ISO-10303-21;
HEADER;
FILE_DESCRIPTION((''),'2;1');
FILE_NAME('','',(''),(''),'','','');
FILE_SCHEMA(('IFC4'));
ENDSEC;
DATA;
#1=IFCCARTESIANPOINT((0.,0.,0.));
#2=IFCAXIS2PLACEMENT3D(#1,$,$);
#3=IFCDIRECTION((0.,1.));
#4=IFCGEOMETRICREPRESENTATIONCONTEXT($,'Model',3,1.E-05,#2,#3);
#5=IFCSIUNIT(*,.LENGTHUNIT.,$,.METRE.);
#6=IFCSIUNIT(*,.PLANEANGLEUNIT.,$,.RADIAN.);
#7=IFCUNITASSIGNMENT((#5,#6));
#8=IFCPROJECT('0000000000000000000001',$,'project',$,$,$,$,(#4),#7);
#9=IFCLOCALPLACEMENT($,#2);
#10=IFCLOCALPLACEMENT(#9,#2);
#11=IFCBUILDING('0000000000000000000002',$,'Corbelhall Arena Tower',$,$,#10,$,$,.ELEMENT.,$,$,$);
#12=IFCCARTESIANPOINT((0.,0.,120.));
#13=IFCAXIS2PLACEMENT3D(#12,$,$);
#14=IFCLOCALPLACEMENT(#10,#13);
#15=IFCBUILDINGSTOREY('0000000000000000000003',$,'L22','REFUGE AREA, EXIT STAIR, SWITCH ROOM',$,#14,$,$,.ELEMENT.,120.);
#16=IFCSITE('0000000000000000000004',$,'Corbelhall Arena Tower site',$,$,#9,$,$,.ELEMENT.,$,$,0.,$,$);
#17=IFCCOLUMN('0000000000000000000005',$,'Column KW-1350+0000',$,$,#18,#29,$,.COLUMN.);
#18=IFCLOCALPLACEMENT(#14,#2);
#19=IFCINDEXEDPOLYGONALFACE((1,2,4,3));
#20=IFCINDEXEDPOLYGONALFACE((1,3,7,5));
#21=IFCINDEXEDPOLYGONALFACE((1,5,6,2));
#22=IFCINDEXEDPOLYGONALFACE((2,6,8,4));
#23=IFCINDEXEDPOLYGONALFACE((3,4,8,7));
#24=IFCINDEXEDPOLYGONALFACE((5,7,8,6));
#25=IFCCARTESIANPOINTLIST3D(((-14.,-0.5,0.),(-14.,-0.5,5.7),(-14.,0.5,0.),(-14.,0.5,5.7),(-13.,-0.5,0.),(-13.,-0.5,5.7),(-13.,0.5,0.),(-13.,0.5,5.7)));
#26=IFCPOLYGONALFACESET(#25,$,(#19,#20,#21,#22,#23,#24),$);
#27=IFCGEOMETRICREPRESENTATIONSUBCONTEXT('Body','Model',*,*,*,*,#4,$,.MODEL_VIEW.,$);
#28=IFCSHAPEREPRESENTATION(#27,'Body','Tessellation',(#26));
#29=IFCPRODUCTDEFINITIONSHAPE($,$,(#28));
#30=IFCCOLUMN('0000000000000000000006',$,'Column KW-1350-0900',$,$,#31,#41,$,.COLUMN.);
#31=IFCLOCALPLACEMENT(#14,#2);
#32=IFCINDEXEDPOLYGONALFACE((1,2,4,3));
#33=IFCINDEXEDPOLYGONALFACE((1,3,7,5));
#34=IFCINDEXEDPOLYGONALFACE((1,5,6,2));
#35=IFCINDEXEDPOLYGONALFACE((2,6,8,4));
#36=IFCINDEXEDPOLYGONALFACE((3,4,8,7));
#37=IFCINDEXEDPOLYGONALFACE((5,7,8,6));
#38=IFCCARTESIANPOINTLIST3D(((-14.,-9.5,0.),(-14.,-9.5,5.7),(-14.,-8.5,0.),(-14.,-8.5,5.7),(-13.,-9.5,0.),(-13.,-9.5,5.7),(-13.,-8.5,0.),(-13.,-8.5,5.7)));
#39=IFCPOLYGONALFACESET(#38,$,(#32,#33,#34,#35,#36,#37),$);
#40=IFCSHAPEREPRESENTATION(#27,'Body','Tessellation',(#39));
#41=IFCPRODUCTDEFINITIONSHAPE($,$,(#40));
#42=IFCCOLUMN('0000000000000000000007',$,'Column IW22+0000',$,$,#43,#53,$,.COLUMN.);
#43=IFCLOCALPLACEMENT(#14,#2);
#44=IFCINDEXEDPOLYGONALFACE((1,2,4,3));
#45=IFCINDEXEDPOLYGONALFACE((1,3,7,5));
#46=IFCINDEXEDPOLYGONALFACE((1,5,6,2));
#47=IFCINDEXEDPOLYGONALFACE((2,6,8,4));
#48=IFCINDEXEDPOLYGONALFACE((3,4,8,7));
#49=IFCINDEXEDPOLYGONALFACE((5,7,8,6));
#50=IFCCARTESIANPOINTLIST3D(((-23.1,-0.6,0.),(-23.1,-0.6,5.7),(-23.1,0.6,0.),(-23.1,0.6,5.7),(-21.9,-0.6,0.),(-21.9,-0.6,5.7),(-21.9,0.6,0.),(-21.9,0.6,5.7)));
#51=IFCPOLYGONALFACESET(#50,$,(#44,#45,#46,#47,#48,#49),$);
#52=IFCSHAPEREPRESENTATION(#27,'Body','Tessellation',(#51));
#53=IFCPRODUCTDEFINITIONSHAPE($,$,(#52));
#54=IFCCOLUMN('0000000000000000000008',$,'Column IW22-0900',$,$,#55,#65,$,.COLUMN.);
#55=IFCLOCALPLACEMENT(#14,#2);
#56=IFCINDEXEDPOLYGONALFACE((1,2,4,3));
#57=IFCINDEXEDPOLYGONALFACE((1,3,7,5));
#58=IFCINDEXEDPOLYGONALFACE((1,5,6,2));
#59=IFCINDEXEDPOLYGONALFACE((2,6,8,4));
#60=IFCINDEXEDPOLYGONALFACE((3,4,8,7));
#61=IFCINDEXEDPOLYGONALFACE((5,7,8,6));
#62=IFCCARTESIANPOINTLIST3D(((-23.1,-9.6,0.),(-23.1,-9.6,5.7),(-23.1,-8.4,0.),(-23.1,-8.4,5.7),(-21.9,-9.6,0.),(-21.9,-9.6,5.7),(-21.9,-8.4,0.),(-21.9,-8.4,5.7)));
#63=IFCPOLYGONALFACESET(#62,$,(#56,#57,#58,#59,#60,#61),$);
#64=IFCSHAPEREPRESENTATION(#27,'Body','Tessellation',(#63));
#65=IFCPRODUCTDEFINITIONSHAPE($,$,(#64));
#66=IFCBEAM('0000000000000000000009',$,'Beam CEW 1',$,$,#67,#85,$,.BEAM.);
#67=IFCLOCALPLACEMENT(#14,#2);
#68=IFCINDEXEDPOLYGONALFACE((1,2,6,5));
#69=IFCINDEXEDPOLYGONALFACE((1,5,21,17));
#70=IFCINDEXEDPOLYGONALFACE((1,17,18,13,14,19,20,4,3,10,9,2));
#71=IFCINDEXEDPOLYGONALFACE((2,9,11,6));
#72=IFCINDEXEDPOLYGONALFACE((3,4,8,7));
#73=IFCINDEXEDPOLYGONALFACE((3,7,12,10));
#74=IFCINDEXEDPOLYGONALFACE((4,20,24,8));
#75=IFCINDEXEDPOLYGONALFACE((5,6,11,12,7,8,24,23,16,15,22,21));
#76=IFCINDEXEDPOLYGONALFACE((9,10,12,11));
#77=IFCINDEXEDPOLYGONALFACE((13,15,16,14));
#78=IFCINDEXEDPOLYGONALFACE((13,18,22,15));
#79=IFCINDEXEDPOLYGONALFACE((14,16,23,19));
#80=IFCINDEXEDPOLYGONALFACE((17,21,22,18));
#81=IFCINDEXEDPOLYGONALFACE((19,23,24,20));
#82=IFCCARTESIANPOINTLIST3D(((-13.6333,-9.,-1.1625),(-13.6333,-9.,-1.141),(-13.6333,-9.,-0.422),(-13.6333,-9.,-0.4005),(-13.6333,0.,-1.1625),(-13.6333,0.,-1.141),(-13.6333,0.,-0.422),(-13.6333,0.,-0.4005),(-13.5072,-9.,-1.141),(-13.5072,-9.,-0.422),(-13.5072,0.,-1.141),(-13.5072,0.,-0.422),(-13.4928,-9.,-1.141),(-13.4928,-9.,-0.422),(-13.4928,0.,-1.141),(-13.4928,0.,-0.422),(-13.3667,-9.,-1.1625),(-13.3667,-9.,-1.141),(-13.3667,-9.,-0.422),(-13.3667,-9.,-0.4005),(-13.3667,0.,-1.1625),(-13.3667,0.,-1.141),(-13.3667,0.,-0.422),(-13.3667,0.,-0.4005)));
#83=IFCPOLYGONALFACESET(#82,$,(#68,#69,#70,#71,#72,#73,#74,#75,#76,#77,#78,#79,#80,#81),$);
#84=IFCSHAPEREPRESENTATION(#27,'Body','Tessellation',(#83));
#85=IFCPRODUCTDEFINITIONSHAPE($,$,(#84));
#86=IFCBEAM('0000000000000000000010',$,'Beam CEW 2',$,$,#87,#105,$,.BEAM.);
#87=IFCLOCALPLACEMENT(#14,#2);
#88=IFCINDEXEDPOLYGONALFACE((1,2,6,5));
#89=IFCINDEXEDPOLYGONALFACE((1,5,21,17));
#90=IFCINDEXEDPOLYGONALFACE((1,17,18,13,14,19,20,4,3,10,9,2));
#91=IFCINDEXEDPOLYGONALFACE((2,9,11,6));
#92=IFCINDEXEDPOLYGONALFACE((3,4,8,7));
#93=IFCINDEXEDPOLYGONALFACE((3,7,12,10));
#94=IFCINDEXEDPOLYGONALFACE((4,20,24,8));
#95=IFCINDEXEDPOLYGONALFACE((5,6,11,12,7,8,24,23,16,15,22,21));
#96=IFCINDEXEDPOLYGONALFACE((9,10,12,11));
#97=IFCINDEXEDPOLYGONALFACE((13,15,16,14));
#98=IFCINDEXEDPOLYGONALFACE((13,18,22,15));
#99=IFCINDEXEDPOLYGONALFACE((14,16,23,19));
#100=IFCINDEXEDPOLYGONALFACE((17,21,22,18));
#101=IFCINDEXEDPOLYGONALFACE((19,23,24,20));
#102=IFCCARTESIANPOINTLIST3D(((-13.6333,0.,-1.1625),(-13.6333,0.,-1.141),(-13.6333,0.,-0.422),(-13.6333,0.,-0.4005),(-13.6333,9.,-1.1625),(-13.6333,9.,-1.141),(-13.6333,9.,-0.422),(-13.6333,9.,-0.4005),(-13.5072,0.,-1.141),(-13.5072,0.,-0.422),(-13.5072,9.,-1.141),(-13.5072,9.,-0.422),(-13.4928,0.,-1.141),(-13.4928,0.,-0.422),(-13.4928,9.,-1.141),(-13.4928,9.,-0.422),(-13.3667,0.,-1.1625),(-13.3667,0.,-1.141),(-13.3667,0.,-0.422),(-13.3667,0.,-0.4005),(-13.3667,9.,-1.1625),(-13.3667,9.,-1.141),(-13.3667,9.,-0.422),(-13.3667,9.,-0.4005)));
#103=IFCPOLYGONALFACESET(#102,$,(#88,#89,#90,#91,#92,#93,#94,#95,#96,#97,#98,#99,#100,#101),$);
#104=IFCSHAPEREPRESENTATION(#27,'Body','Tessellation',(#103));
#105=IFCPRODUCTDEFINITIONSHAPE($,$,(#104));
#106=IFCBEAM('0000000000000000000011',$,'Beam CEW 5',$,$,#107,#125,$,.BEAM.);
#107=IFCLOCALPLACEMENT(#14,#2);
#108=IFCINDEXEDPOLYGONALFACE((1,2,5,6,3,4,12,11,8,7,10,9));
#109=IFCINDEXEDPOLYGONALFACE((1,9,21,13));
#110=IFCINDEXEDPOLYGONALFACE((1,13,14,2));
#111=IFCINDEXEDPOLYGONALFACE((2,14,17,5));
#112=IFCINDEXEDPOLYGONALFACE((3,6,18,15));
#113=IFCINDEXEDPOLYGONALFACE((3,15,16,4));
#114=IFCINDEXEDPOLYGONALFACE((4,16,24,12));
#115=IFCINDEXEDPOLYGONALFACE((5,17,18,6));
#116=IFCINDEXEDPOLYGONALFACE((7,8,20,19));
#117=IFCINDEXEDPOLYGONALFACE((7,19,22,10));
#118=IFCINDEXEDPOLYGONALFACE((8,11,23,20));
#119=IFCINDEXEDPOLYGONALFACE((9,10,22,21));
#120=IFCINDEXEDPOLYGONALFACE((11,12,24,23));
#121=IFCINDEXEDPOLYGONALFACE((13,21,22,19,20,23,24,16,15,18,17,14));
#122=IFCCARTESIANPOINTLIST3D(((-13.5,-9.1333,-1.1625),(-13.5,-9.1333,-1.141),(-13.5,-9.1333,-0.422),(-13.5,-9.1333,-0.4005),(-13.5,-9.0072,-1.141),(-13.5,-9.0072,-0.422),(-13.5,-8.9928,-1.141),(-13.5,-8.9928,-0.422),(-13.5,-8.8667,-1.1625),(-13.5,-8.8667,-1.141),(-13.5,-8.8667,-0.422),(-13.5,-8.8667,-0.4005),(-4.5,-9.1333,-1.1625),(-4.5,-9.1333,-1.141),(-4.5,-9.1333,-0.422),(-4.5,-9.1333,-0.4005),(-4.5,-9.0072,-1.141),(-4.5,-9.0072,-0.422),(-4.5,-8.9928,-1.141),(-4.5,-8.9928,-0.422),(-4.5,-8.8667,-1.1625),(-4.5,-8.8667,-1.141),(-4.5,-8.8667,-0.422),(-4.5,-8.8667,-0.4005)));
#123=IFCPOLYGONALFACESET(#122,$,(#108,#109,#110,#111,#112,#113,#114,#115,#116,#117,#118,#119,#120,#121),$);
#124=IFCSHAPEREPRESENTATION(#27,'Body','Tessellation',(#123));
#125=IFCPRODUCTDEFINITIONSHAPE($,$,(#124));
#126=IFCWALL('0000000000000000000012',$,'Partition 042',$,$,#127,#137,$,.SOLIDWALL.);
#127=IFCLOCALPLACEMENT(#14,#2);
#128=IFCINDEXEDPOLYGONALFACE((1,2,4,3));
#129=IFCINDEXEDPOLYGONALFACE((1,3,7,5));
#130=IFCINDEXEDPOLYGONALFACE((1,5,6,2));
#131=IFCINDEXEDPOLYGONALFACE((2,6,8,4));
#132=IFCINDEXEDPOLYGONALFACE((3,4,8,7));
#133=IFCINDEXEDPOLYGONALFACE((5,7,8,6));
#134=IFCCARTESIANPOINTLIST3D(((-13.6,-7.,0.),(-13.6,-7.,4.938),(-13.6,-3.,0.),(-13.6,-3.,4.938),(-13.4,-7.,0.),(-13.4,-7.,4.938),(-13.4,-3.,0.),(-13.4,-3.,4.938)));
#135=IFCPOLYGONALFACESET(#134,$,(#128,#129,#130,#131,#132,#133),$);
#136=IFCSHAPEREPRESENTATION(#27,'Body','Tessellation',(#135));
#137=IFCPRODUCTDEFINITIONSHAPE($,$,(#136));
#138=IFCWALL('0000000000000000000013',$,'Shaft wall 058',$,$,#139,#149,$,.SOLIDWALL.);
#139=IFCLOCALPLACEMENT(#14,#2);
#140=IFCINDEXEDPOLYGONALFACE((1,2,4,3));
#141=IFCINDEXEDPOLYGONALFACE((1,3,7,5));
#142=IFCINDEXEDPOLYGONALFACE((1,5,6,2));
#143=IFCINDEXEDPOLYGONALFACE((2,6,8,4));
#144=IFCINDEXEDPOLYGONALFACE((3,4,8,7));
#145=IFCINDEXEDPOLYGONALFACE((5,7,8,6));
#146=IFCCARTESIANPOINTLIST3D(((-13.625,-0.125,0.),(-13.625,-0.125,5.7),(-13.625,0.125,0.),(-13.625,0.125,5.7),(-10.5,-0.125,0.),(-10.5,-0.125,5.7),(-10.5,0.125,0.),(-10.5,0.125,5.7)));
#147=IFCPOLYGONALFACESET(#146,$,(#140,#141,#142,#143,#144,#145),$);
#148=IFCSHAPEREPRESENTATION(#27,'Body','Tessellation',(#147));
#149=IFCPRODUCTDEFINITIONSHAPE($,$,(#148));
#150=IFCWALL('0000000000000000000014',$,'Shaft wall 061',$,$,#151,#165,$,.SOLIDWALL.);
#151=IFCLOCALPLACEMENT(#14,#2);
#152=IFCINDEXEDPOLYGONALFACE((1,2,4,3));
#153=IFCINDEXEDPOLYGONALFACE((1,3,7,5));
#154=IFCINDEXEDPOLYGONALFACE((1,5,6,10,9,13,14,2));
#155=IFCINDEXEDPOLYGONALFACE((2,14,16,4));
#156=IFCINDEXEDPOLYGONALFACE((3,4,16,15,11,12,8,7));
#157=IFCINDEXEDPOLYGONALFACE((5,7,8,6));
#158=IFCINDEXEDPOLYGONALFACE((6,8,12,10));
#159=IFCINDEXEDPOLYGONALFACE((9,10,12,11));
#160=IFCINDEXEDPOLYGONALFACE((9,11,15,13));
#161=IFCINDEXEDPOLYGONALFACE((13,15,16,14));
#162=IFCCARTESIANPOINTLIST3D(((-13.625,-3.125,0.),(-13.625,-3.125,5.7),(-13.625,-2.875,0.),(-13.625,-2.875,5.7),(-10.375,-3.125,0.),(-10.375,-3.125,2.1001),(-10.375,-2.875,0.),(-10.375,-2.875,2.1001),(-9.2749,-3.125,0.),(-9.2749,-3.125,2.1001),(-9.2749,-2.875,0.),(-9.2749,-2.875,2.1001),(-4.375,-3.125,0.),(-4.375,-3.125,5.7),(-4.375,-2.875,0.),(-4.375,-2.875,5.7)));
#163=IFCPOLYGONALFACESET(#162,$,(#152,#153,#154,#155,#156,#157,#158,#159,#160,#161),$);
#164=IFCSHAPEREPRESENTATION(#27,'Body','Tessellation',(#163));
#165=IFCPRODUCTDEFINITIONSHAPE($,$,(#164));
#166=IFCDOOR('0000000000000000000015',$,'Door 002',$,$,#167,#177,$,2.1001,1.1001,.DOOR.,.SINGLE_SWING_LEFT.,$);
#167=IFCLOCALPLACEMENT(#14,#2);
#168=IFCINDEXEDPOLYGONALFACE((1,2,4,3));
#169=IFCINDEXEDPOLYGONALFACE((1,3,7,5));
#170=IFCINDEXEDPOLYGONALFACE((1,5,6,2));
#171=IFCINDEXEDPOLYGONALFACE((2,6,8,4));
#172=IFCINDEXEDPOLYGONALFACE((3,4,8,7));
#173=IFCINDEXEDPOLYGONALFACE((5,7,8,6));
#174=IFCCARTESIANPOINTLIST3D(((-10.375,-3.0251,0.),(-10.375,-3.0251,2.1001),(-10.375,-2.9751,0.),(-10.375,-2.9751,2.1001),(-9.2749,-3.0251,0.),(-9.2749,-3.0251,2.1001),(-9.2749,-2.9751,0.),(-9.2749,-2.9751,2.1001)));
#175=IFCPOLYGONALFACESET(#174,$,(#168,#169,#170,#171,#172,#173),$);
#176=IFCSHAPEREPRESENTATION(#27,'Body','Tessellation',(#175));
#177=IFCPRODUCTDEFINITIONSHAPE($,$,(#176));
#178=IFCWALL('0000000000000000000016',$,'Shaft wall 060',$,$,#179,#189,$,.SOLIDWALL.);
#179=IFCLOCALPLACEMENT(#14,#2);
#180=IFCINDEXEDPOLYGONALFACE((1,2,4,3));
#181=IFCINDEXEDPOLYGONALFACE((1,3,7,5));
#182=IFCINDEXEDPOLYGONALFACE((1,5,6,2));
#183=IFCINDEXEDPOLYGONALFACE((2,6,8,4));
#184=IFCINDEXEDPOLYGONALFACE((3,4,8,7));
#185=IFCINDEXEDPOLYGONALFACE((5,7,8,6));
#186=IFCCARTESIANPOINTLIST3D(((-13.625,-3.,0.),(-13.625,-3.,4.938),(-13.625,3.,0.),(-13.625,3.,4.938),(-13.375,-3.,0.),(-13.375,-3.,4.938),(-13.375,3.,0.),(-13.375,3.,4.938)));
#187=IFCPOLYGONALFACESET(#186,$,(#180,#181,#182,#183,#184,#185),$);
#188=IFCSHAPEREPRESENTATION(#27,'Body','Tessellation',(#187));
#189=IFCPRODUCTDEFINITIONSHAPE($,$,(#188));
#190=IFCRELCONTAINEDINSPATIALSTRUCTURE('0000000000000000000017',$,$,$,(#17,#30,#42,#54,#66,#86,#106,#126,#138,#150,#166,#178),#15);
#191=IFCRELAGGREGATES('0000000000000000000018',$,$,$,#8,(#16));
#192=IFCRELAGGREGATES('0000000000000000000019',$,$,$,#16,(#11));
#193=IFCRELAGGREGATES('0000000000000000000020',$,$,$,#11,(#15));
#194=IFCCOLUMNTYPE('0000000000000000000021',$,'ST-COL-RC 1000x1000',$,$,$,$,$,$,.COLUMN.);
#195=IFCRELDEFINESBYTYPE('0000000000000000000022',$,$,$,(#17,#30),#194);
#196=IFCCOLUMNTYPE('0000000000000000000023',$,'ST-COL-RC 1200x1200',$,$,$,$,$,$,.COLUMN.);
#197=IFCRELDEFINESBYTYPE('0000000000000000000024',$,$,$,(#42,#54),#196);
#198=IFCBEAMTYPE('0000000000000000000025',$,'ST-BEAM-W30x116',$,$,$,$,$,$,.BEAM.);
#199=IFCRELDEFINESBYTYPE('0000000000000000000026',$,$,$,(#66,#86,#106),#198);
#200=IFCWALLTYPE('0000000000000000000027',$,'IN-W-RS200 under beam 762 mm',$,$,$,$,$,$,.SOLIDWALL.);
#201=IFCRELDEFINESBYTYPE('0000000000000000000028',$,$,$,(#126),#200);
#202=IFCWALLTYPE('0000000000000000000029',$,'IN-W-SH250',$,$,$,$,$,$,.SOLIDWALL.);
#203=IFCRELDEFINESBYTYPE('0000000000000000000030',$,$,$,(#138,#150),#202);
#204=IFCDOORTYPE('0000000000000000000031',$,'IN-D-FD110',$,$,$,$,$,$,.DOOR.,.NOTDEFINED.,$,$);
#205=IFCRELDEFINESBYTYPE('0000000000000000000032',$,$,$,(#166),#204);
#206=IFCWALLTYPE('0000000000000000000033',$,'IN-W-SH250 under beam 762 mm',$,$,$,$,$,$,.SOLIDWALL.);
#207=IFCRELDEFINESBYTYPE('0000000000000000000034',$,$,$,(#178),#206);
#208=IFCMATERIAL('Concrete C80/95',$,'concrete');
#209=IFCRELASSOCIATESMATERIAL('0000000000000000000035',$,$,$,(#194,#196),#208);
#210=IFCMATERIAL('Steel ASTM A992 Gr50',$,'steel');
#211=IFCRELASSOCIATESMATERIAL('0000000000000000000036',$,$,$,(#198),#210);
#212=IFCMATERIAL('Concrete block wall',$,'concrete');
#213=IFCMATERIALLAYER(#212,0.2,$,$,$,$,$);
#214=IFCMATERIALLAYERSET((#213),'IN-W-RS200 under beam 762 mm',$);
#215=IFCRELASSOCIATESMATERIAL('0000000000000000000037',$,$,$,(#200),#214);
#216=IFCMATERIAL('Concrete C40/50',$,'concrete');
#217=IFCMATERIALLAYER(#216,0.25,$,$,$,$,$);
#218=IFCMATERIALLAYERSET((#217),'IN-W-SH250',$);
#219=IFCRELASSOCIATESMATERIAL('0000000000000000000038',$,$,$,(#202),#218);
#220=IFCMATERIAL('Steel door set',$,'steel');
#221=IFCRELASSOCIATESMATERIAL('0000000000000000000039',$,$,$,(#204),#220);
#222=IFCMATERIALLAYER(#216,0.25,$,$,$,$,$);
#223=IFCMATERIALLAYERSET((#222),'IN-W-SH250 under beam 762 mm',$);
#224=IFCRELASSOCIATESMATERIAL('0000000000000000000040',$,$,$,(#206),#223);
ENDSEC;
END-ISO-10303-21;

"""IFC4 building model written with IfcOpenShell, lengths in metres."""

from ifc_helpers import new_model, si_unit, direction, frame, frame_2d, origin, origin_2d, place, context, subcontext, project, spatial, rectangle, i_section, extrude, material, layer, layer_set, material_profile, profile_set, type_object, element, fill, save


model = new_model("IFC4")

# Units and contexts
model_context = context("Model", 3, precision=1e-05, world=origin(), true_north=direction((0.0, 1.0)))
body_context = subcontext(model_context, "Body", "Model", "MODEL_VIEW")
ifc_project = project(units=[si_unit("LENGTHUNIT", "METRE"), si_unit("PLANEANGLEUNIT", "RADIAN")], contexts=[model_context])

# Site, building, storey
site_placement = place(None, origin())
site = spatial("IfcSite", under=ifc_project, at=site_placement, Name="Corbelhall Arena Tower site", CompositionType="ELEMENT", RefElevation=0.0)
building_placement = place(site_placement, origin())
building = spatial("IfcBuilding", under=site, at=building_placement, Name="Corbelhall Arena Tower", CompositionType="ELEMENT")
storey_placement = place(building_placement, frame((0.0, 0.0, 120.0)))
storey = spatial("IfcBuildingStorey", under=building, at=storey_placement, Name="L22", Description="REFUGE AREA, EXIT STAIR, SWITCH ROOM", CompositionType="ELEMENT", Elevation=120.0)

# Columns
ifc_material_1 = material(Name="Concrete C80/95", Category="concrete")
ifc_material_profile_1 = material_profile(ifc_material_1, rectangle(XDim=1.0, YDim=1.0, at=origin_2d()))
ifc_profile_set_1 = profile_set([ifc_material_profile_1], Name="Concrete C80/95")
column_type_1 = type_object("IfcColumnType", Name="ST-COL-RC 1000x1000", PredefinedType="COLUMN", material=ifc_profile_set_1)
for number, where, z_axis, x_axis, name in (
    (1, (-13.5, 0.0, 0.0), (0.0, 0.0, 1.0), (1.0, 0.0, 0.0), "Column KW-1350+0000"),
    (2, (-13.5, -9.0, 0.0), (0.0, 0.0, 1.0), (1.0, 0.0, 0.0), "Column KW-1350-0900"),
):
    element("IfcColumn", number, at=place(storey_placement, frame(where, z_axis=z_axis, x_axis=x_axis)), inside=storey, type_object=column_type_1, Name=name, PredefinedType="COLUMN", context=body_context, shape_type="SweptSolid", body=[
        extrude(rectangle(XDim=1.0, YDim=1.0, at=origin_2d()), origin(), (0.0, 0.0, 1.0), 5.7),
    ])
ifc_material_profile_2 = material_profile(ifc_material_1, rectangle(XDim=1.2, YDim=1.2, at=origin_2d()))
ifc_profile_set_2 = profile_set([ifc_material_profile_2], Name="Concrete C80/95")
column_type_2 = type_object("IfcColumnType", Name="ST-COL-RC 1200x1200", PredefinedType="COLUMN", material=ifc_profile_set_2)
for number, where, z_axis, x_axis, name in (
    (3, (-22.5, 0.0, 0.0), (0.0, 0.0, 1.0), (1.0, 0.0, 0.0), "Column IW22+0000"),
    (4, (-22.5, -9.0, 0.0), (0.0, 0.0, 1.0), (1.0, 0.0, 0.0), "Column IW22-0900"),
):
    element("IfcColumn", number, at=place(storey_placement, frame(where, z_axis=z_axis, x_axis=x_axis)), inside=storey, type_object=column_type_2, Name=name, PredefinedType="COLUMN", context=body_context, shape_type="SweptSolid", body=[
        extrude(rectangle(XDim=1.2, YDim=1.2, at=origin_2d()), origin(), (0.0, 0.0, 1.0), 5.7),
    ])

# Beams
ifc_material_2 = material(Name="Steel ASTM A992 Gr50", Category="steel")
ifc_material_profile_3 = material_profile(ifc_material_2, i_section(OverallWidth=0.2666, OverallDepth=0.762, WebThickness=0.0144, FlangeThickness=0.0215, at=origin_2d()))
ifc_profile_set_3 = profile_set([ifc_material_profile_3], Name="Steel ASTM A992 Gr50")
beam_type = type_object("IfcBeamType", Name="ST-BEAM-W30x116", PredefinedType="BEAM", material=ifc_profile_set_3)
for number, where, z_axis, x_axis, name in (
    (5, (-13.5, -9.0, -0.7815), (0.0, 1.0, 0.0), (-1.0, 0.0, 0.0), "Beam CEW 1"),
    (6, (-13.5, 0.0, -0.7815), (0.0, 1.0, 0.0), (-1.0, 0.0, 0.0), "Beam CEW 2"),
    (7, (-13.5, -9.0, -0.7815), (1.0, 0.0, 0.0), (0.0, 1.0, 0.0), "Beam CEW 5"),
):
    element("IfcBeam", number, at=place(storey_placement, frame(where, z_axis=z_axis, x_axis=x_axis)), inside=storey, type_object=beam_type, Name=name, PredefinedType="BEAM", context=body_context, shape_type="SweptSolid", body=[
        extrude(i_section(OverallWidth=0.2666, OverallDepth=0.762, WebThickness=0.0144, FlangeThickness=0.0215, at=origin_2d()), origin(), (0.0, 0.0, 1.0), 9.0),
    ])

# Walls
ifc_material_3 = material(Name="Concrete block wall", Category="concrete")
ifc_layer_1 = layer(ifc_material_3, 0.2)
ifc_layer_set_1 = layer_set([ifc_layer_1], Name="IN-W-RS200 under beam 762 mm")
wall_type_1 = type_object("IfcWallType", Name="IN-W-RS200 under beam 762 mm", PredefinedType="SOLIDWALL", material=ifc_layer_set_1)
wall_1_placement = place(storey_placement, frame((-13.5, -7.0, 0.0), z_axis=(0.0, 0.0, 1.0), x_axis=(0.0, 1.0, 0.0)))
element("IfcWall", 8, at=wall_1_placement, inside=storey, type_object=wall_type_1, Name="Partition 042", PredefinedType="SOLIDWALL", context=body_context, shape_type="SweptSolid", body=[
    extrude(rectangle(XDim=4.0, YDim=0.2, at=frame_2d((2.0, 0.0))), origin(), (0.0, 0.0, 1.0), 4.938),
])
ifc_material_4 = material(Name="Concrete C40/50", Category="concrete")
ifc_layer_2 = layer(ifc_material_4, 0.25)
ifc_layer_set_2 = layer_set([ifc_layer_2], Name="IN-W-SH250")
wall_type_2 = type_object("IfcWallType", Name="IN-W-SH250", PredefinedType="SOLIDWALL", material=ifc_layer_set_2)
wall_2_placement = place(storey_placement, frame((-13.625, 0.0, 0.0), z_axis=(0.0, 0.0, 1.0), x_axis=(1.0, 0.0, 0.0)))
element("IfcWall", 9, at=wall_2_placement, inside=storey, type_object=wall_type_2, Name="Shaft wall 058", PredefinedType="SOLIDWALL", context=body_context, shape_type="SweptSolid", body=[
    extrude(rectangle(XDim=3.125, YDim=0.25, at=frame_2d((1.5625, 0.0))), origin(), (0.0, 0.0, 1.0), 5.7),
])

# Wall, opening, door
wall_3_placement = place(storey_placement, frame((-13.625, -3.0, 0.0), z_axis=(0.0, 0.0, 1.0), x_axis=(1.0, 0.0, 0.0)))
wall_3 = element("IfcWall", 10, at=wall_3_placement, inside=storey, type_object=wall_type_2, Name="Shaft wall 061", PredefinedType="SOLIDWALL", context=body_context, shape_type="SweptSolid", body=[
    extrude(rectangle(XDim=9.25, YDim=0.25, at=frame_2d((4.625, 0.0))), origin(), (0.0, 0.0, 1.0), 5.7),
])
opening_1_placement = place(wall_3_placement, frame((3.25, 0.0, 0.0)))
opening_1 = element("IfcOpeningElement", 11, at=opening_1_placement, cuts=wall_3, PredefinedType="OPENING", context=body_context, shape_type="SweptSolid", body=[
    extrude(rectangle(XDim=1.1001, YDim=2.1001, at=frame_2d((0.55, 1.05))), frame((0.0, 0.125, 0.0), z_axis=(0.0, -1.0, 0.0), x_axis=(1.0, 0.0, 0.0)), (0.0, 0.0, 1.0), 0.25),
])
ifc_material_5 = material(Name="Steel door set", Category="steel")
door_type_1 = type_object("IfcDoorType", Name="IN-D-FD110", OperationType="NOTDEFINED", PredefinedType="DOOR", material=ifc_material_5)
door_1_placement = place(opening_1_placement, origin())
door_1 = element("IfcDoor", 12, at=door_1_placement, inside=storey, type_object=door_type_1, Name="Door 002", OperationType="SINGLE_SWING_LEFT", OverallHeight=2.1001, OverallWidth=1.1001, PredefinedType="DOOR", context=body_context, shape_type="SweptSolid", body=[
    extrude(rectangle(XDim=1.1001, YDim=2.1001, at=frame_2d((0.55, 1.05))), frame((0.0, 0.0249, 0.0), z_axis=(0.0, -1.0, 0.0), x_axis=(1.0, 0.0, 0.0)), (0.0, 0.0, 1.0), 0.05),
])
fill(opening_1, door_1)

# Wall
ifc_layer_3 = layer(ifc_material_4, 0.25)
ifc_layer_set_3 = layer_set([ifc_layer_3], Name="IN-W-SH250 under beam 762 mm")
wall_type_3 = type_object("IfcWallType", Name="IN-W-SH250 under beam 762 mm", PredefinedType="SOLIDWALL", material=ifc_layer_set_3)
wall_4_placement = place(storey_placement, frame((-13.5, -3.0, 0.0), z_axis=(0.0, 0.0, 1.0), x_axis=(0.0, 1.0, 0.0)))
element("IfcWall", 13, at=wall_4_placement, inside=storey, type_object=wall_type_3, Name="Shaft wall 060", PredefinedType="SOLIDWALL", context=body_context, shape_type="SweptSolid", body=[
    extrude(rectangle(XDim=6.0, YDim=0.25, at=frame_2d((3.0, 0.0))), origin(), (0.0, 0.0, 1.0), 4.938),
])

save(model, "model.ifc")
